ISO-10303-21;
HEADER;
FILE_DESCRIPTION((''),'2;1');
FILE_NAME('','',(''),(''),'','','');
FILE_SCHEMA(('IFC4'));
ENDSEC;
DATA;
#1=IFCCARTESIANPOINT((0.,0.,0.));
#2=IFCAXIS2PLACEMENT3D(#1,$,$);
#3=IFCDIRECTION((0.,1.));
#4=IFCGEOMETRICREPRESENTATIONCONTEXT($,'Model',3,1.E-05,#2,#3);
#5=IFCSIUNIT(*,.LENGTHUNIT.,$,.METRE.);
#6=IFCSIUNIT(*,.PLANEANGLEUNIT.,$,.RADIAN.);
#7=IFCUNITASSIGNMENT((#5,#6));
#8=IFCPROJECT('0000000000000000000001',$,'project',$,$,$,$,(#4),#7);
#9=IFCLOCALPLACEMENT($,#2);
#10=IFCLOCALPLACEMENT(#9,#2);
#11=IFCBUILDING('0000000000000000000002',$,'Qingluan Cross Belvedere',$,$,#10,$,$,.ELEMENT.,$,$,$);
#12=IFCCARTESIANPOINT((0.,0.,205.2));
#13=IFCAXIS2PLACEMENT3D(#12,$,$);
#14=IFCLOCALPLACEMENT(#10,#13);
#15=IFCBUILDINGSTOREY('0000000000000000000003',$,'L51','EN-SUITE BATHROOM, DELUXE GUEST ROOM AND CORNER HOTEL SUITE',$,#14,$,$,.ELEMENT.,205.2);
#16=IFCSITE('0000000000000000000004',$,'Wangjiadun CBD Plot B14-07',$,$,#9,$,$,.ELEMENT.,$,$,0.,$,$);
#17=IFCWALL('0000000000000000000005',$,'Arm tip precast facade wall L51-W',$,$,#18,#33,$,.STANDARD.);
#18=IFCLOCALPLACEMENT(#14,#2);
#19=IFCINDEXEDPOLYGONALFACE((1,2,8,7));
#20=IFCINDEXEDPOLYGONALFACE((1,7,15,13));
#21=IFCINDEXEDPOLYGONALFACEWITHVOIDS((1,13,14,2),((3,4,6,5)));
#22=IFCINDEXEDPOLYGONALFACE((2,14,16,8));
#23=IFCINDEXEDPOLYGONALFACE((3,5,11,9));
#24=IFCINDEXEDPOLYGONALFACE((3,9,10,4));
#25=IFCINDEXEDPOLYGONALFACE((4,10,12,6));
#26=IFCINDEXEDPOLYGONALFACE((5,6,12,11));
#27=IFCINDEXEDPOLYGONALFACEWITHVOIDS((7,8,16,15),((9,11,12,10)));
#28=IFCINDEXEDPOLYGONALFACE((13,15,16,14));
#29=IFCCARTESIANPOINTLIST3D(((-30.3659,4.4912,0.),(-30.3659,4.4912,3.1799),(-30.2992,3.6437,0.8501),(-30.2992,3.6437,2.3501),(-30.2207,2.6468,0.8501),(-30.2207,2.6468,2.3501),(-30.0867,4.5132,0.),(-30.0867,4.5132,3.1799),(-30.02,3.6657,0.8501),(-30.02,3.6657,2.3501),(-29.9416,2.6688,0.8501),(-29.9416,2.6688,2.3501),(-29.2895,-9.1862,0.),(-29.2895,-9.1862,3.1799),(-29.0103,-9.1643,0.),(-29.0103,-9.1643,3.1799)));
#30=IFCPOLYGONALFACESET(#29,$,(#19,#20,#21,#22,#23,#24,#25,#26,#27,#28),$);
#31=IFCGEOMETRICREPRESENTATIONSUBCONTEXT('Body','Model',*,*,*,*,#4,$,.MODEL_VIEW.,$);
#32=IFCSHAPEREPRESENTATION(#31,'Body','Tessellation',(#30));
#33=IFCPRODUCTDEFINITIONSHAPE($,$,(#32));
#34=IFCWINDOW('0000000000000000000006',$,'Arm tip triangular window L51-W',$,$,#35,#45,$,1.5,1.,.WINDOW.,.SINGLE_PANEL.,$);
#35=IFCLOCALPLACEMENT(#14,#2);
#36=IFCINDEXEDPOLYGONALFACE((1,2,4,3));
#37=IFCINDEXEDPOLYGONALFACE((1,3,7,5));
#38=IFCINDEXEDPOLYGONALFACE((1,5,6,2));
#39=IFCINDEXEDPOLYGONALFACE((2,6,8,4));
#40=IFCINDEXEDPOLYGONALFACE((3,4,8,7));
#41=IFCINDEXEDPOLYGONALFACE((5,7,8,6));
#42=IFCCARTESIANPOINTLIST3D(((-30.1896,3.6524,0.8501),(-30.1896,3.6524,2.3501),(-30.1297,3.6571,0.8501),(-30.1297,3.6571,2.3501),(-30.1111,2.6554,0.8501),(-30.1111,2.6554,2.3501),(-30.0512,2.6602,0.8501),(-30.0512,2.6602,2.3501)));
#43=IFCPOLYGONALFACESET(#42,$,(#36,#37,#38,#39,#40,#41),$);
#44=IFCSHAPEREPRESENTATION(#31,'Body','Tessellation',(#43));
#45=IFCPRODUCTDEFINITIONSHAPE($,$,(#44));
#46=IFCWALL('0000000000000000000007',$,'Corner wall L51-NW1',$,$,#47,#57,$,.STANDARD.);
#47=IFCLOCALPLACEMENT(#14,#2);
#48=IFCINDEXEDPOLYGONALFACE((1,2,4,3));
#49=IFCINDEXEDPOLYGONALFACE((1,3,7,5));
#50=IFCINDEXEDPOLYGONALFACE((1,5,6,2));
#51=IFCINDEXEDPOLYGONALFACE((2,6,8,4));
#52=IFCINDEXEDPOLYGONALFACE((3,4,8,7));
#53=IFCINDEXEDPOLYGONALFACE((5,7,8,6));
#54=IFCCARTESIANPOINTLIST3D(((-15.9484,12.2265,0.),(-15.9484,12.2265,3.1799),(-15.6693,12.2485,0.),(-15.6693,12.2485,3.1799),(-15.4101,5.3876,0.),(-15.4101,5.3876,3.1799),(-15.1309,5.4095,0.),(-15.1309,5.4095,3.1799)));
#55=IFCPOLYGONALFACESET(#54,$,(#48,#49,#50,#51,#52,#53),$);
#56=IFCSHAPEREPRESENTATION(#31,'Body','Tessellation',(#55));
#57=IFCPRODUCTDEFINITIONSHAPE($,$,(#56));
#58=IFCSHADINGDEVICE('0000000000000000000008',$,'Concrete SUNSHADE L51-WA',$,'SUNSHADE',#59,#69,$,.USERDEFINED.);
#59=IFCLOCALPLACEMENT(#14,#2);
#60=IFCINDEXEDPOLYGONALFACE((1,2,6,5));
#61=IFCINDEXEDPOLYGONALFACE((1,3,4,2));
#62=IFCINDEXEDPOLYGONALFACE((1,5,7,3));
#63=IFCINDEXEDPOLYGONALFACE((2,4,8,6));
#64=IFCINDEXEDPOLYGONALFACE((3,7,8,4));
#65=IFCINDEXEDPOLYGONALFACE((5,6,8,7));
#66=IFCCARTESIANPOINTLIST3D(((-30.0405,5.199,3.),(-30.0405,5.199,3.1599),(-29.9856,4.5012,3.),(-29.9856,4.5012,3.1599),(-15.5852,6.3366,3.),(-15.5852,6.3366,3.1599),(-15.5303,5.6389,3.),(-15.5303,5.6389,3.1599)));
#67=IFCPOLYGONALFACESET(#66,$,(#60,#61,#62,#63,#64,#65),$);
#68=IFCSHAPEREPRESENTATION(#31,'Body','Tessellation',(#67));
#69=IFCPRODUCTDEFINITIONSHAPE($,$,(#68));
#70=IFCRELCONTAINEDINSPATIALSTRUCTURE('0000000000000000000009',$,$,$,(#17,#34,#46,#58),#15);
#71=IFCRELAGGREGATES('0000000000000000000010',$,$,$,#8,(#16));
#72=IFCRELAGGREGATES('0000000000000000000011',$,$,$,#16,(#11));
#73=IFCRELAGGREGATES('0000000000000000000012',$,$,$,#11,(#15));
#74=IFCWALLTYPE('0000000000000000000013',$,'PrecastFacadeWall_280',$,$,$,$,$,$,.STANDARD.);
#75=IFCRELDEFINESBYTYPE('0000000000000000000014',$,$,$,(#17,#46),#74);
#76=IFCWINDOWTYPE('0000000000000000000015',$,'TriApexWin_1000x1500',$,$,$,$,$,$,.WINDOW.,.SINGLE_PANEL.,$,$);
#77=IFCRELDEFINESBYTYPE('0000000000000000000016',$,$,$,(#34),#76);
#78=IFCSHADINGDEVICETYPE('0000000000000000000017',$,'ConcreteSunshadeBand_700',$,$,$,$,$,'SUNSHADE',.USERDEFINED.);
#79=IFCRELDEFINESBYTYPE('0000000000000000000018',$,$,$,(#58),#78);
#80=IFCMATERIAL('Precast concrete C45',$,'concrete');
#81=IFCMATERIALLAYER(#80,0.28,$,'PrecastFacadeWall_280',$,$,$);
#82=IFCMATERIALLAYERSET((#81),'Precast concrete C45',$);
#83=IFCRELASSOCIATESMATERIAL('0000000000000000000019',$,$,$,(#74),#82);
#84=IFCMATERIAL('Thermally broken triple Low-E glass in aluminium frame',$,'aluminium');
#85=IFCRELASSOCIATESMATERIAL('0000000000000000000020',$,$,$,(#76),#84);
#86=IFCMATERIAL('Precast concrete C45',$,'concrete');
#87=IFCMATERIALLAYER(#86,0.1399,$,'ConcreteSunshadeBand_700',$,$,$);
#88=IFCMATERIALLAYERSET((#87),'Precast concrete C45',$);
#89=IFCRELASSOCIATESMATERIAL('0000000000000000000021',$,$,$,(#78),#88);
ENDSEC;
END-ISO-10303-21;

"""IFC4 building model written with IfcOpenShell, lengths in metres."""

from ifc_helpers import new_model, si_unit, direction, frame, frame_2d, origin, origin_2d, place, context, subcontext, project, spatial, rectangle, extrude, material, layer, layer_set, type_object, element, fill, save


model = new_model("IFC4")

# Units and contexts
model_context = context("Model", 3, precision=1e-05, world=origin(), true_north=direction((0.0, 1.0)))
body_context = subcontext(model_context, "Body", "Model", "MODEL_VIEW")
ifc_project = project(units=[si_unit("LENGTHUNIT", "METRE"), si_unit("PLANEANGLEUNIT", "RADIAN")], contexts=[model_context])

# Site, building, storey
site_placement = place(None, origin())
site = spatial("IfcSite", under=ifc_project, at=site_placement, Name="Wangjiadun CBD Plot B14-07", CompositionType="ELEMENT", RefElevation=0.0)
building_placement = place(site_placement, origin())
building = spatial("IfcBuilding", under=site, at=building_placement, Name="Qingluan Cross Belvedere", CompositionType="ELEMENT")
storey_placement = place(building_placement, frame((0.0, 0.0, 205.2)))
storey = spatial("IfcBuildingStorey", under=building, at=storey_placement, Name="L51", Description="EN-SUITE BATHROOM, DELUXE GUEST ROOM AND CORNER HOTEL SUITE", CompositionType="ELEMENT", Elevation=205.2)

# Shared definitions
ifc_material_1 = material(Name="Precast concrete C45", Category="concrete")
ifc_layer_1 = layer(ifc_material_1, 0.28, Name="PrecastFacadeWall_280")
ifc_layer_set_1 = layer_set([ifc_layer_1], Name="Precast concrete C45")
wall_type_1 = type_object("IfcWallType", Name="PrecastFacadeWall_280", PredefinedType="STANDARD", material=ifc_layer_set_1)

# Wall, opening, window
wall_1_placement = place(storey_placement, frame((-30.2263, 4.5022, 0.0), z_axis=(0.0, 0.0, 1.0), x_axis=(0.078457, -0.996917, 0.0)))
wall_1 = element("IfcWall", 1, at=wall_1_placement, inside=storey, type_object=wall_type_1, Name="Arm tip precast facade wall L51-W", PredefinedType="STANDARD", context=body_context, shape_type="SweptSolid", body=[
    extrude(rectangle(XDim=13.7197, YDim=0.28, at=frame_2d((6.8599, 0.0))), origin(), (0.0, 0.0, 1.0), 3.1799),
])
opening_1_placement = place(wall_1_placement, frame((0.8501, 0.0, 0.8501)))
opening_1 = element("IfcOpeningElement", 2, at=opening_1_placement, cuts=wall_1, PredefinedType="OPENING", context=body_context, shape_type="SweptSolid", body=[
    extrude(rectangle(XDim=1.0, YDim=1.5, at=frame_2d((0.5, 0.75))), frame((0.0, 0.1499, 0.0), z_axis=(0.0, -1.0, 0.0), x_axis=(1.0, 0.0, 0.0)), (0.0, 0.0, 1.0), 0.3),
])
ifc_material_2 = material(Name="Thermally broken triple Low-E glass in aluminium frame", Category="aluminium")
window_type_1 = type_object("IfcWindowType", Name="TriApexWin_1000x1500", PartitioningType="SINGLE_PANEL", PredefinedType="WINDOW", material=ifc_material_2)
window_1_placement = place(opening_1_placement, origin())
window_1 = element("IfcWindow", 3, at=window_1_placement, inside=storey, type_object=window_type_1, Name="Arm tip triangular window L51-W", OverallHeight=1.5, OverallWidth=1.0, PartitioningType="SINGLE_PANEL", PredefinedType="WINDOW", context=body_context, shape_type="SweptSolid", body=[
    extrude(rectangle(XDim=1.0, YDim=1.5, at=frame_2d((0.5, 0.75))), frame((0.0, 0.03, 0.0), z_axis=(0.0, -1.0, 0.0), x_axis=(1.0, 0.0, 0.0)), (0.0, 0.0, 1.0), 0.0601),
])
fill(opening_1, window_1)

# Wall
wall_2_placement = place(storey_placement, frame((-15.2705, 5.3984, 0.0), z_axis=(0.0, 0.0, 1.0), x_axis=(-0.078474, 0.996916, 0.0)))
element("IfcWall", 4, at=wall_2_placement, inside=storey, type_object=wall_type_1, Name="Corner wall L51-NW1", PredefinedType="STANDARD", context=body_context, shape_type="SweptSolid", body=[
    extrude(rectangle(XDim=6.8601, YDim=0.28, at=frame_2d((3.4302, 0.0))), origin(), (0.0, 0.0, 1.0), 3.1799),
])

# Shading device
ifc_material_3 = material(Name="Precast concrete C45", Category="concrete")
ifc_layer_2 = layer(ifc_material_3, 0.1399, Name="ConcreteSunshadeBand_700")
ifc_layer_set_2 = layer_set([ifc_layer_2], Name="Precast concrete C45")
shading_device_type = type_object("IfcShadingDeviceType", Name="ConcreteSunshadeBand_700", ElementType="SUNSHADE", PredefinedType="USERDEFINED", material=ifc_layer_set_2)
shading_device_placement = place(storey_placement, frame((-22.7854, 5.4189, 3.0), z_axis=(0.0, 0.0, 1.0), x_axis=(-0.996918, -0.078456, 0.0)))
element("IfcShadingDevice", 5, at=shading_device_placement, inside=storey, type_object=shading_device_type, Name="Concrete SUNSHADE L51-WA", ObjectType="SUNSHADE", PredefinedType="USERDEFINED", context=body_context, shape_type="SweptSolid", body=[
    extrude(rectangle(XDim=14.5, YDim=0.7, at=origin_2d()), origin(), (0.0, 0.0, 1.0), 0.1599),
])

save(model, "model.ifc")
